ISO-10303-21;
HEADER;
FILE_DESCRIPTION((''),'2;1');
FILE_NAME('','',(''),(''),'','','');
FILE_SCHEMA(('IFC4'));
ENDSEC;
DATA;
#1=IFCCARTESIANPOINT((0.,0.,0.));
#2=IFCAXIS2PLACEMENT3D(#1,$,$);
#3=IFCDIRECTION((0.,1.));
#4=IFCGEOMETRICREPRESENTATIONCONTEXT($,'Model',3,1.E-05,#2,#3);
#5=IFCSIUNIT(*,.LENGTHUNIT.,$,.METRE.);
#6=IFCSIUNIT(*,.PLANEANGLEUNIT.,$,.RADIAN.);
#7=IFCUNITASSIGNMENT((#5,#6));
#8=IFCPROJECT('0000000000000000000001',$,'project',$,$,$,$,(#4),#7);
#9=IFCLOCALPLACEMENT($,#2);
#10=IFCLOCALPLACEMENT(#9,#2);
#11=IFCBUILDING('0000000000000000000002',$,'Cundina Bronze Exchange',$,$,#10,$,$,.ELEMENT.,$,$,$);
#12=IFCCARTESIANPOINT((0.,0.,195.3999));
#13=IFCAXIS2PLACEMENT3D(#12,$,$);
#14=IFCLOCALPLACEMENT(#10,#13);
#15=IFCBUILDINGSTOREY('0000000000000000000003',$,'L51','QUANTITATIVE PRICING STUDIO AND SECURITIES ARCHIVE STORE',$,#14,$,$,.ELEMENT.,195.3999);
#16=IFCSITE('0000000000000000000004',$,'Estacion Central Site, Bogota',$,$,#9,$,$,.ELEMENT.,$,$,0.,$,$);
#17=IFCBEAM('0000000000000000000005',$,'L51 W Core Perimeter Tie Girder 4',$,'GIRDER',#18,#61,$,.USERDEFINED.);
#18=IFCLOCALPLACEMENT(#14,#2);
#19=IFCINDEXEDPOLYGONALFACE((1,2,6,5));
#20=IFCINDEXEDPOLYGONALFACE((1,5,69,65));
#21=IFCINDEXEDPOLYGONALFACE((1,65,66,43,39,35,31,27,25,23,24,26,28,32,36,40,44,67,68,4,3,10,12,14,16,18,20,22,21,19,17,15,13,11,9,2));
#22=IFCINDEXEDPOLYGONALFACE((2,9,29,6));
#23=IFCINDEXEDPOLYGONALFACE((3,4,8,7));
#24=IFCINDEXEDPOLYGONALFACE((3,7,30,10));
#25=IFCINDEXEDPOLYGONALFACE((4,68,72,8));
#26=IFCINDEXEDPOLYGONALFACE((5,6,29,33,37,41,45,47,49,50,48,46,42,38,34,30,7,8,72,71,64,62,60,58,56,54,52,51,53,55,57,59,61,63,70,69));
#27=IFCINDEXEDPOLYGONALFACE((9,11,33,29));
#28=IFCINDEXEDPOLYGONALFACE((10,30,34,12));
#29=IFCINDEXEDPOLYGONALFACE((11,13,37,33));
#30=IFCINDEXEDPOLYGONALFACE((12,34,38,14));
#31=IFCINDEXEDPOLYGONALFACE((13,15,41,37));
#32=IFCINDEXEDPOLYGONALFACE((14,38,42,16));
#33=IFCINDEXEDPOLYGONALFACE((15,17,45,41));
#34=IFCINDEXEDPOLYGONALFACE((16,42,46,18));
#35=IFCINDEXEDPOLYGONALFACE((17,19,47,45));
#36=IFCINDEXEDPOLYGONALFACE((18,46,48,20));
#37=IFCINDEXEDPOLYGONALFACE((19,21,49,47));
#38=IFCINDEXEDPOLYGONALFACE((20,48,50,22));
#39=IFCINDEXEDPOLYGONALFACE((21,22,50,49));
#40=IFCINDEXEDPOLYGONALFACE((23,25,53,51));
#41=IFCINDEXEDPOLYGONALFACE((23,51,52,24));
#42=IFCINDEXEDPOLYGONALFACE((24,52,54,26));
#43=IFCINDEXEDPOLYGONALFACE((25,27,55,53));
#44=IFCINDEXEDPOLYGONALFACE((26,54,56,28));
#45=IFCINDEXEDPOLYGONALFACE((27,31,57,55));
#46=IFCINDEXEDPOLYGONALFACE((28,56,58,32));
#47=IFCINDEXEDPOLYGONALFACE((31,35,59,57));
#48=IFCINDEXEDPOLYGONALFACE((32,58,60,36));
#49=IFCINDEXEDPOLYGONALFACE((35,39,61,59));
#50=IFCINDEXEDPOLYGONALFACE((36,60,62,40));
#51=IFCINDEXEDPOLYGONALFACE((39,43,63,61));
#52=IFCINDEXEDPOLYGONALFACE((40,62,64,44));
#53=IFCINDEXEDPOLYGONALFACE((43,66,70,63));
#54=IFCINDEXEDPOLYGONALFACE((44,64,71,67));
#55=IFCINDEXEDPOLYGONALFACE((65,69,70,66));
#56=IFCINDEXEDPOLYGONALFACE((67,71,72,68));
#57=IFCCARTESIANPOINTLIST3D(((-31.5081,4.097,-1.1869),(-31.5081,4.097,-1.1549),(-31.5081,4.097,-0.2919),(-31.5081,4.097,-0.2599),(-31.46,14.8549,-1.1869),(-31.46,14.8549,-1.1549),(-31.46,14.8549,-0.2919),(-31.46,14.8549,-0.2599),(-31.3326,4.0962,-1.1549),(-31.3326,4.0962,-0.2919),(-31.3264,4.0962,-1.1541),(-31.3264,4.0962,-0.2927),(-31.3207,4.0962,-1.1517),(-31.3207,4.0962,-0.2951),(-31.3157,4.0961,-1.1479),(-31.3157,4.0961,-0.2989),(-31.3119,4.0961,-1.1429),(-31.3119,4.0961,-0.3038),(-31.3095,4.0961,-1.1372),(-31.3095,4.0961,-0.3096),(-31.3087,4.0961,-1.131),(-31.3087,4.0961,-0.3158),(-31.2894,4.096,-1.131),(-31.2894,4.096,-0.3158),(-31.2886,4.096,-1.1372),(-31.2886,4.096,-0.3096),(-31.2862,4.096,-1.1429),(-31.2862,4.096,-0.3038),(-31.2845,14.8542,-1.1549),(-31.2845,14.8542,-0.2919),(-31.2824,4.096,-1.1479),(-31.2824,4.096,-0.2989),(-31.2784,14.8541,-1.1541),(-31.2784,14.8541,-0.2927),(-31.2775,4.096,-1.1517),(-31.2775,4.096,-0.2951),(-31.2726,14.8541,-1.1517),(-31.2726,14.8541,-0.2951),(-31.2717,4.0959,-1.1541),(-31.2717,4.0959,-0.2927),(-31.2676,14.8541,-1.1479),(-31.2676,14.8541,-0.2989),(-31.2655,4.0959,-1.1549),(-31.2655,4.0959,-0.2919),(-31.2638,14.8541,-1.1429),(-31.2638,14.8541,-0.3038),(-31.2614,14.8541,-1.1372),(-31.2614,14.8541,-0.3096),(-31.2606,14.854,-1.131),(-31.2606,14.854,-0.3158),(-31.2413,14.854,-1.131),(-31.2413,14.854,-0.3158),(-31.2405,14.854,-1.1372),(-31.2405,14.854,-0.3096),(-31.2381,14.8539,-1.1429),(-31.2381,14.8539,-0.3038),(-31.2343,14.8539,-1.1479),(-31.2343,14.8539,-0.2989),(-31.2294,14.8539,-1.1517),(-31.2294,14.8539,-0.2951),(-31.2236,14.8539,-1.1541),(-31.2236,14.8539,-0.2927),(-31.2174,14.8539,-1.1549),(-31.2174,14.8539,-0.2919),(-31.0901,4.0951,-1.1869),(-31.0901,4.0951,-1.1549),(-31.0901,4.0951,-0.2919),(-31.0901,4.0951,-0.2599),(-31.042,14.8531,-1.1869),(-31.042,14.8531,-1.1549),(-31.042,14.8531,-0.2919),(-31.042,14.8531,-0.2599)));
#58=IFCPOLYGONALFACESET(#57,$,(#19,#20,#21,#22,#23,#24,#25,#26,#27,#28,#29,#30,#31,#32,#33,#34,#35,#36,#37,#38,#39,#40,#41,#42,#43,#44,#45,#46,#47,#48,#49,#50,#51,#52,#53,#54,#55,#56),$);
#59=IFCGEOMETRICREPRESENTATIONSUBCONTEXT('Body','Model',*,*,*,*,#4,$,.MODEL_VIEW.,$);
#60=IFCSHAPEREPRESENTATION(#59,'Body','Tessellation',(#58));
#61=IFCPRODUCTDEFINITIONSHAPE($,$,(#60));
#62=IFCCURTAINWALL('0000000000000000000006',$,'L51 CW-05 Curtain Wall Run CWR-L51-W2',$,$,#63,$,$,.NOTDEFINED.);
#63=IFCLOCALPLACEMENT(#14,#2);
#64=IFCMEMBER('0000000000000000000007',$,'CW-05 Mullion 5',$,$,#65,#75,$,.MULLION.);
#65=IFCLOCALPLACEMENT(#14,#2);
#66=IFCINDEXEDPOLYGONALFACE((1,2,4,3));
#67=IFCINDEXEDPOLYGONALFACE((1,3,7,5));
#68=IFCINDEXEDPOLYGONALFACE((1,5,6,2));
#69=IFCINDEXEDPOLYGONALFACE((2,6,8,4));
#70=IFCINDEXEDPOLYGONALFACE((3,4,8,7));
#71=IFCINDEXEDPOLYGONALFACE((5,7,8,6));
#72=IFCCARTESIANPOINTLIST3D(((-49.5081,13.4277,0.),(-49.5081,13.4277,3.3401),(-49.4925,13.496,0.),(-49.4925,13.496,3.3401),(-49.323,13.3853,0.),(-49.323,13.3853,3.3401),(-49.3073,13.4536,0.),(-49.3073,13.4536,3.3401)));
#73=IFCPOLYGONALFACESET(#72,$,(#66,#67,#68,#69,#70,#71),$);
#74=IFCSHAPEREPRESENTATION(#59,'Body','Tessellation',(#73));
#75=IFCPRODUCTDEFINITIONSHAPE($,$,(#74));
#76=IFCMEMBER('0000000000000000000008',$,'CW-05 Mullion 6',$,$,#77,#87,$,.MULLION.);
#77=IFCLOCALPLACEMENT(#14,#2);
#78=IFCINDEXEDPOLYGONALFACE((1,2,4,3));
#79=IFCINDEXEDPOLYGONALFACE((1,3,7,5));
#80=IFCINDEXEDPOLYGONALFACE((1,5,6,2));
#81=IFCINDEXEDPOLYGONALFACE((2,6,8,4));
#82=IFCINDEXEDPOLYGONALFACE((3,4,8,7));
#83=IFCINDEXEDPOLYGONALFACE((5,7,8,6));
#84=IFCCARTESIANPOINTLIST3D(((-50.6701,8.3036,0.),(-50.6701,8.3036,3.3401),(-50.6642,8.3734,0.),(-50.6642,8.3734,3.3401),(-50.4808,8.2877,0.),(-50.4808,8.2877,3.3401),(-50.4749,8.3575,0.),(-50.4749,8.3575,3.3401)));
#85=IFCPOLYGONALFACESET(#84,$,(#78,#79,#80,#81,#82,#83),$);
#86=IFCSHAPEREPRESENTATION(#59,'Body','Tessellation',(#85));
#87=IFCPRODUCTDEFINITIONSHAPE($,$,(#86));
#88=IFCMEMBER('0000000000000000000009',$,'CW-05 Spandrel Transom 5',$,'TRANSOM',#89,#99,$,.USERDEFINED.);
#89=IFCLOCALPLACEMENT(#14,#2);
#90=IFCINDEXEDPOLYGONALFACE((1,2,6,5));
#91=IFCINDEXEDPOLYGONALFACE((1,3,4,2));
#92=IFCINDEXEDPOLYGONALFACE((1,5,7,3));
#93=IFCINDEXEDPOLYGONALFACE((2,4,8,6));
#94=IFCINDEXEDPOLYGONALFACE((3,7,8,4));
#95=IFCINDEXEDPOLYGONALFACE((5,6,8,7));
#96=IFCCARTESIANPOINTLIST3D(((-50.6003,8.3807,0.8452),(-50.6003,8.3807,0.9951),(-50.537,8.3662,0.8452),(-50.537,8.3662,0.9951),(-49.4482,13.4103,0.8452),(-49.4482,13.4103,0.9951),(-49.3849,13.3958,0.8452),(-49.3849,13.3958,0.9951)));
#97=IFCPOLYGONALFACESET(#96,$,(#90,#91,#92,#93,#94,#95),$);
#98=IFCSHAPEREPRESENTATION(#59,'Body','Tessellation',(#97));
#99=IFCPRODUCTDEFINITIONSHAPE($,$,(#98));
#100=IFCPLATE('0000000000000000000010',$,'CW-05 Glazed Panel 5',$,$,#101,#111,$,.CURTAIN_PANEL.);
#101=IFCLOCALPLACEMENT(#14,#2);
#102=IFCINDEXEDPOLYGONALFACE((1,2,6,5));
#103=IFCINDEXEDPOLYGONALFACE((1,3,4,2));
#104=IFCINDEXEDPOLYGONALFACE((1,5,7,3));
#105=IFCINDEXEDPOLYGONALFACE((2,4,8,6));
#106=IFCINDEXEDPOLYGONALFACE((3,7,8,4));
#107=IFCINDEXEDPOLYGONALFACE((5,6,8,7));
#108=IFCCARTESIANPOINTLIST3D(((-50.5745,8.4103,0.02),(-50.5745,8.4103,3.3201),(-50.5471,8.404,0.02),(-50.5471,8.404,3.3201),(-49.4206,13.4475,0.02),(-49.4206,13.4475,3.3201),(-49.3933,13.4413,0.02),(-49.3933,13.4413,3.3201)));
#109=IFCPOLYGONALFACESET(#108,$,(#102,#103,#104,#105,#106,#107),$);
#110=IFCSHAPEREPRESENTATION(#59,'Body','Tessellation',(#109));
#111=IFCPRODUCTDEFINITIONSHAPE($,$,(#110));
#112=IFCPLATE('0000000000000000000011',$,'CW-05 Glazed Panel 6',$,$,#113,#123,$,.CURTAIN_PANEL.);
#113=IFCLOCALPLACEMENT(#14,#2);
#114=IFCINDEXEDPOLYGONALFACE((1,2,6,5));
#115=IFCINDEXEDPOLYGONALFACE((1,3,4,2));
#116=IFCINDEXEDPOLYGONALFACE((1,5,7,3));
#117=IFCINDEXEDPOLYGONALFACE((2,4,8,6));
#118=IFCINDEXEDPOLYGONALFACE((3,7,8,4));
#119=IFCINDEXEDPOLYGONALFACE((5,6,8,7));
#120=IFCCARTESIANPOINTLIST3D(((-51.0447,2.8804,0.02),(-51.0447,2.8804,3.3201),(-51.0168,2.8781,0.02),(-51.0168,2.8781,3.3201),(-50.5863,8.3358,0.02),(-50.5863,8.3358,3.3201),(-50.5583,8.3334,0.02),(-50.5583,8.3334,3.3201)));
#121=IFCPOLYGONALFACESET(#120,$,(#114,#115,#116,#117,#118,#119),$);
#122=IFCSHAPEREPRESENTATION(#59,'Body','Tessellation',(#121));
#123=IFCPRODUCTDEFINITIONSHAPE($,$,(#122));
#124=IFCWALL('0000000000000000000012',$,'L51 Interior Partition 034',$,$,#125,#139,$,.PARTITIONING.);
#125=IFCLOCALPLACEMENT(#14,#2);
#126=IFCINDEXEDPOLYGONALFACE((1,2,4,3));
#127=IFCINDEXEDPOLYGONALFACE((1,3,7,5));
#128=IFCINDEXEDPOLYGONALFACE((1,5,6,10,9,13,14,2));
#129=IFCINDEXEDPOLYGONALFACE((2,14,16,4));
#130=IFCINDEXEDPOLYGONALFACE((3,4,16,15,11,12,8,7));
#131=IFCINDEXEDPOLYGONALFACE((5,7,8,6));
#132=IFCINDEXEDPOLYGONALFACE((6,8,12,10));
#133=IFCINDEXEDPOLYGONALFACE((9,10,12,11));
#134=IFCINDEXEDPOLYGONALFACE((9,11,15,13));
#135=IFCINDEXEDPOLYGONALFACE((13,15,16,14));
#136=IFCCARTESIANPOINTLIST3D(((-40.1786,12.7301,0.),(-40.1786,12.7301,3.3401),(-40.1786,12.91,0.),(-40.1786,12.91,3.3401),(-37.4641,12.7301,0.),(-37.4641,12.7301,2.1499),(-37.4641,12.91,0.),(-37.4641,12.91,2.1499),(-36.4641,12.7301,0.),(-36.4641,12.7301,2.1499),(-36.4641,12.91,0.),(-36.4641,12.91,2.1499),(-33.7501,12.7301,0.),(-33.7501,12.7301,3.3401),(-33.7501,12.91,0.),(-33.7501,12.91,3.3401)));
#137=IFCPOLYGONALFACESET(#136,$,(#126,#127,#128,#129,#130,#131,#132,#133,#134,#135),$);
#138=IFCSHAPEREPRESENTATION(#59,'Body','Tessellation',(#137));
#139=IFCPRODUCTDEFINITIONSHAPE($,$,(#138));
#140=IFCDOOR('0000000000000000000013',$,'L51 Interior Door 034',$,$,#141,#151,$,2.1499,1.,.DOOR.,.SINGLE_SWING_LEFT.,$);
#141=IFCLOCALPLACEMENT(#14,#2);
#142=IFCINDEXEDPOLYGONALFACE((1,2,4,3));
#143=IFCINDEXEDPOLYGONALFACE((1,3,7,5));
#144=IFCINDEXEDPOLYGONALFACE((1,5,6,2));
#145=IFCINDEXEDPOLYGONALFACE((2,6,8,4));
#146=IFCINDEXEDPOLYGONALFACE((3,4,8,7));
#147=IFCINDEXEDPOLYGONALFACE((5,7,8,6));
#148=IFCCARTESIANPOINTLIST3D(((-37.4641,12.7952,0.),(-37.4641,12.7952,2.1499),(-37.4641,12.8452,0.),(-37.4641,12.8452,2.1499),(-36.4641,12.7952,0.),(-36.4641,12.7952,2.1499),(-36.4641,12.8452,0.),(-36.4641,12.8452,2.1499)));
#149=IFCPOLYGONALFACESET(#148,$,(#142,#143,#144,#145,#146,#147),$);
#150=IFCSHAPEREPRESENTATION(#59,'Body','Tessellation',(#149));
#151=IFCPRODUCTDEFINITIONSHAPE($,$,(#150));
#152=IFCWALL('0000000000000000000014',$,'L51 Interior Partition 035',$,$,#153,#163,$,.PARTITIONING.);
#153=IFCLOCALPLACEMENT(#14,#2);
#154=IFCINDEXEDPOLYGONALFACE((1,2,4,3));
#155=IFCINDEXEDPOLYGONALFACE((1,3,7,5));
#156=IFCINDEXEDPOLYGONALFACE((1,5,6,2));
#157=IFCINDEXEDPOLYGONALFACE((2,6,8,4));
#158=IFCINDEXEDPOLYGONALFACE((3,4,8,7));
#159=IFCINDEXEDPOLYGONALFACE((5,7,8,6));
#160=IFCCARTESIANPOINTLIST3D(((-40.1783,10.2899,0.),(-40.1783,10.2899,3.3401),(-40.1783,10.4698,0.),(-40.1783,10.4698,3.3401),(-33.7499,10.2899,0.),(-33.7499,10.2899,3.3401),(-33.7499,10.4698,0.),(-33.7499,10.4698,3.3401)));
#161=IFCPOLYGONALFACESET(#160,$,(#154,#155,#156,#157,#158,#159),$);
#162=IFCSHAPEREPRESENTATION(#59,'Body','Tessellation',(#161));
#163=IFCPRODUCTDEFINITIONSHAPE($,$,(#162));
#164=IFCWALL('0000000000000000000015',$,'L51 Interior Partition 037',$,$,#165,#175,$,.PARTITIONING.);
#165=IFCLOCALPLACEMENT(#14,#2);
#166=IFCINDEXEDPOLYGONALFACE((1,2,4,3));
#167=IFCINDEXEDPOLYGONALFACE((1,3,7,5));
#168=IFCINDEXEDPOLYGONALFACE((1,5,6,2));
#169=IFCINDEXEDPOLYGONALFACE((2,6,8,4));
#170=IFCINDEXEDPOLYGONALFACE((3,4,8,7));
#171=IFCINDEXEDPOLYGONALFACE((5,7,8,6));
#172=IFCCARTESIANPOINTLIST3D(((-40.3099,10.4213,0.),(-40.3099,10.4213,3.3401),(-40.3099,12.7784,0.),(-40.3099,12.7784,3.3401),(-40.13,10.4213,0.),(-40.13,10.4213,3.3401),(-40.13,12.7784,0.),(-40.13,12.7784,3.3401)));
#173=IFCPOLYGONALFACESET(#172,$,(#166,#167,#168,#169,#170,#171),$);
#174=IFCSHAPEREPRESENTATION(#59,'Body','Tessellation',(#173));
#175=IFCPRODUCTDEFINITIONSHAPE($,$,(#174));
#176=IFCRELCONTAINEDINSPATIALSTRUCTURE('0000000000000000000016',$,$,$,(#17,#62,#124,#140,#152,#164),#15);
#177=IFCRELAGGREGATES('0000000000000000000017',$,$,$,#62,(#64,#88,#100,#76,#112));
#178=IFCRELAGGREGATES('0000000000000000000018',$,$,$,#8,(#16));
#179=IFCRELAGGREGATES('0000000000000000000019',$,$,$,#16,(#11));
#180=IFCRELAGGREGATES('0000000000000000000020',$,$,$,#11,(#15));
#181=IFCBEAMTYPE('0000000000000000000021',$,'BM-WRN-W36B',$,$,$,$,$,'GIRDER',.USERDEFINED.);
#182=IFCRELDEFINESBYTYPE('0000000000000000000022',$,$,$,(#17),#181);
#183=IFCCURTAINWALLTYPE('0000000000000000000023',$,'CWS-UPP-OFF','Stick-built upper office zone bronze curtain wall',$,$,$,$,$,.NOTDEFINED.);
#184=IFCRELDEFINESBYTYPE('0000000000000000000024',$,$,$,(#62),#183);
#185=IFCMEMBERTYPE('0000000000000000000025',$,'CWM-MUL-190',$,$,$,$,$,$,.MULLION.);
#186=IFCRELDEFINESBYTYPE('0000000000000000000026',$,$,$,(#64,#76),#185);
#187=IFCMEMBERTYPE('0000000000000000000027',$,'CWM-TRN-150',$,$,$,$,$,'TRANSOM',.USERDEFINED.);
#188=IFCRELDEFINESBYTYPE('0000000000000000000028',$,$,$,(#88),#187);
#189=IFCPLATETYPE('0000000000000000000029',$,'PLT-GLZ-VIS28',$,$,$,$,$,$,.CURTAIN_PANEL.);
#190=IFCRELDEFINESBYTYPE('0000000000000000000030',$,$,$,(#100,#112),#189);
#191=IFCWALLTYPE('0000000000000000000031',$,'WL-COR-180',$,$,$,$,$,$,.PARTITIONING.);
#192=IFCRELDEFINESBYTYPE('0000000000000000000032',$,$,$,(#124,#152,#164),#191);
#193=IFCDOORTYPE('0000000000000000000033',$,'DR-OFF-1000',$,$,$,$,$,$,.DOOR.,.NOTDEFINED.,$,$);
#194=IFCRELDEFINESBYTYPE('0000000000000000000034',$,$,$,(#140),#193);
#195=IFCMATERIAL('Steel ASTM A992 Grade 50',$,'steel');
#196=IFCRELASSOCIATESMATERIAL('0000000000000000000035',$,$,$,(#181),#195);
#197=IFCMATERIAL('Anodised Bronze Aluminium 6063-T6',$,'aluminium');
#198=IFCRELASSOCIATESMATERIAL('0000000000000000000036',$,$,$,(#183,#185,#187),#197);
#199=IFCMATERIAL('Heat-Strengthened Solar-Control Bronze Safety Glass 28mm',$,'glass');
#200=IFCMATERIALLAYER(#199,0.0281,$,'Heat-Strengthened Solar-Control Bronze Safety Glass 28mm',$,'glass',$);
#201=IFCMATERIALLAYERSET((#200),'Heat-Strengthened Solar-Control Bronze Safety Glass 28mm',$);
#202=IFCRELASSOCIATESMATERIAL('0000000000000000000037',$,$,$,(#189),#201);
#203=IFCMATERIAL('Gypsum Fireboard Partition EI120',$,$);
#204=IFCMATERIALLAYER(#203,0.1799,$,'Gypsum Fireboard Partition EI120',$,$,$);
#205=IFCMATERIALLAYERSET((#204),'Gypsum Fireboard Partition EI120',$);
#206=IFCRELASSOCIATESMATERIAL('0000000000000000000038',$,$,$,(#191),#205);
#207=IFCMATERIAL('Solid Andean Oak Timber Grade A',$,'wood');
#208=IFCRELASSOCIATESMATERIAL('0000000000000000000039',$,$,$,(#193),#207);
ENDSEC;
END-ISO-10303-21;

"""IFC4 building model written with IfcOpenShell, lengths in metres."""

from ifc_helpers import new_model, si_unit, direction, frame, frame_2d, origin, origin_2d, place, context, subcontext, project, spatial, rectangle, i_section, extrude, material, layer, layer_set, material_profile, profile_set, type_object, element, fill, aggregate, save


model = new_model("IFC4")

# Units and contexts
model_context = context("Model", 3, precision=1e-05, world=origin(), true_north=direction((0.0, 1.0)))
body_context = subcontext(model_context, "Body", "Model", "MODEL_VIEW")
ifc_project = project(units=[si_unit("LENGTHUNIT", "METRE"), si_unit("PLANEANGLEUNIT", "RADIAN")], contexts=[model_context])

# Site, building, storey
site_placement = place(None, origin())
site = spatial("IfcSite", under=ifc_project, at=site_placement, Name="Estacion Central Site, Bogota", CompositionType="ELEMENT", RefElevation=0.0)
building_placement = place(site_placement, origin())
building = spatial("IfcBuilding", under=site, at=building_placement, Name="Cundina Bronze Exchange", CompositionType="ELEMENT")
storey_placement = place(building_placement, frame((0.0, 0.0, 195.3999)))
storey = spatial("IfcBuildingStorey", under=building, at=storey_placement, Name="L51", Description="QUANTITATIVE PRICING STUDIO AND SECURITIES ARCHIVE STORE", CompositionType="ELEMENT", Elevation=195.3999)

# Shared definitions
ifc_material_1 = material(Name="Steel ASTM A992 Grade 50", Category="steel")

# Beam
ifc_material_profile_1 = material_profile(ifc_material_1, i_section(OverallWidth=0.418, OverallDepth=0.927, WebThickness=0.0193, FlangeThickness=0.032, FilletRadius=0.0239, at=origin_2d()), Name="W36X231", Category="steel")
ifc_profile_set_1 = profile_set([ifc_material_profile_1], Name="Steel ASTM A992 Grade 50")
beam_type_1 = type_object("IfcBeamType", Name="BM-WRN-W36B", ElementType="GIRDER", PredefinedType="USERDEFINED", material=ifc_profile_set_1)
beam_1_placement = place(storey_placement, frame((-31.251, 14.854, -0.7234), z_axis=(-0.004471, -0.99999, 0.0), x_axis=(0.99999, -0.004471, 0.0)))
element("IfcBeam", 1, at=beam_1_placement, inside=storey, type_object=beam_type_1, Name="L51 W Core Perimeter Tie Girder 4", ObjectType="GIRDER", PredefinedType="USERDEFINED", context=body_context, shape_type="SweptSolid", body=[
    extrude(i_section(OverallWidth=0.418, OverallDepth=0.927, WebThickness=0.0193, FlangeThickness=0.032, FilletRadius=0.0239, at=origin_2d()), origin(), (0.0, 0.0, 1.0), 10.7581),
])

# Curtain wall, members, plates
ifc_material_2 = material(Name="Anodised Bronze Aluminium 6063-T6", Category="aluminium")
curtain_wall_type = type_object("IfcCurtainWallType", Name="CWS-UPP-OFF", Description="Stick-built upper office zone bronze curtain wall", PredefinedType="NOTDEFINED", material=ifc_material_2)
curtain_wall_placement = place(storey_placement, origin())
curtain_wall = element("IfcCurtainWall", 2, at=curtain_wall_placement, inside=storey, type_object=curtain_wall_type, Name="L51 CW-05 Curtain Wall Run CWR-L51-W2", PredefinedType="NOTDEFINED")
ifc_material_profile_2 = material_profile(ifc_material_2, rectangle(XDim=0.0701, YDim=0.1899, at=origin_2d()), Name="AL70X190", Category="aluminium")
ifc_profile_set_2 = profile_set([ifc_material_profile_2], Name="Anodised Bronze Aluminium 6063-T6")
member_type_1 = type_object("IfcMemberType", Name="CWM-MUL-190", PredefinedType="MULLION", material=ifc_profile_set_2)
member_1_placement = place(storey_placement, frame((-49.4077, 13.4407, 0.0), z_axis=(0.0, 0.0, 1.0), x_axis=(-0.22325, -0.974761, 0.0)))
member_1 = element("IfcMember", 3, at=member_1_placement, type_object=member_type_1, Name="CW-05 Mullion 5", PredefinedType="MULLION", context=body_context, shape_type="SweptSolid", body=[
    extrude(rectangle(XDim=0.0701, YDim=0.1899, at=origin_2d()), origin(), (0.0, 0.0, 1.0), 3.3401),
])
member_2_placement = place(storey_placement, frame((-50.5725, 8.3306, 0.0), z_axis=(0.0, 0.0, 1.0), x_axis=(-0.083678, -0.996493, 0.0)))
member_2 = element("IfcMember", 4, at=member_2_placement, type_object=member_type_1, Name="CW-05 Mullion 6", PredefinedType="MULLION", context=body_context, shape_type="SweptSolid", body=[
    extrude(rectangle(XDim=0.0701, YDim=0.1899, at=origin_2d()), origin(), (0.0, 0.0, 1.0), 3.3401),
])
ifc_material_profile_3 = material_profile(ifc_material_2, rectangle(XDim=0.0649, YDim=0.1499, at=origin_2d()), Name="AL65X150", Category="aluminium")
ifc_profile_set_3 = profile_set([ifc_material_profile_3], Name="Anodised Bronze Aluminium 6063-T6")
member_type_2 = type_object("IfcMemberType", Name="CWM-TRN-150", ElementType="TRANSOM", PredefinedType="USERDEFINED", material=ifc_profile_set_3)
member_3_placement = place(storey_placement, frame((-49.4165, 13.4031, 0.9202), z_axis=(-0.223283, -0.974754, 0.0), x_axis=(0.974754, -0.223283, 0.0)))
member_3 = element("IfcMember", 5, at=member_3_placement, type_object=member_type_2, Name="CW-05 Spandrel Transom 5", ObjectType="TRANSOM", PredefinedType="USERDEFINED", context=body_context, shape_type="SweptSolid", body=[
    extrude(rectangle(XDim=0.0649, YDim=0.1499, at=origin_2d()), origin(), (0.0, 0.0, 1.0), 5.1599),
])
ifc_material_3 = material(Name="Heat-Strengthened Solar-Control Bronze Safety Glass 28mm", Category="glass")
ifc_layer_1 = layer(ifc_material_3, 0.0281, Name="Heat-Strengthened Solar-Control Bronze Safety Glass 28mm", Category="glass")
ifc_layer_set_1 = layer_set([ifc_layer_1], Name="Heat-Strengthened Solar-Control Bronze Safety Glass 28mm")
plate_type = type_object("IfcPlateType", Name="PLT-GLZ-VIS28", PredefinedType="CURTAIN_PANEL", material=ifc_layer_set_1)
plate_1_placement = place(storey_placement, frame((-49.9839, 10.9258, 0.02), z_axis=(0.0, 0.0, 1.0), x_axis=(-0.223284, -0.974753, 0.0)))
plate_1 = element("IfcPlate", 6, at=plate_1_placement, type_object=plate_type, Name="CW-05 Glazed Panel 5", PredefinedType="CURTAIN_PANEL", context=body_context, shape_type="SweptSolid", body=[
    extrude(rectangle(XDim=5.1677, YDim=0.0281, at=origin_2d()), origin(), (0.0, 0.0, 1.0), 3.3),
])
plate_2_placement = place(storey_placement, frame((-50.8015, 5.6069, 0.02), z_axis=(0.0, 0.0, 1.0), x_axis=(-0.083747, -0.996487, 0.0)))
plate_2 = element("IfcPlate", 7, at=plate_2_placement, type_object=plate_type, Name="CW-05 Glazed Panel 6", PredefinedType="CURTAIN_PANEL", context=body_context, shape_type="SweptSolid", body=[
    extrude(rectangle(XDim=5.4746, YDim=0.0281, at=origin_2d()), origin(), (0.0, 0.0, 1.0), 3.3),
])
aggregate(curtain_wall, [member_1, member_3, plate_1, member_2, plate_2])

# Wall, opening, door
ifc_material_4 = material(Name="Gypsum Fireboard Partition EI120")
ifc_layer_2 = layer(ifc_material_4, 0.1799, Name="Gypsum Fireboard Partition EI120")
ifc_layer_set_2 = layer_set([ifc_layer_2], Name="Gypsum Fireboard Partition EI120")
wall_type_1 = type_object("IfcWallType", Name="WL-COR-180", PredefinedType="PARTITIONING", material=ifc_layer_set_2)
ifc_material_5 = material(Name="Solid Andean Oak Timber Grade A", Category="wood")
door_type_1 = type_object("IfcDoorType", Name="DR-OFF-1000", OperationType="NOTDEFINED", PredefinedType="DOOR", material=ifc_material_5)
wall_1_placement = place(storey_placement, frame((-33.75, 12.8201, 0.0), z_axis=(0.0, 0.0, 1.0), x_axis=(-1.0, 0.0, 0.0)))
wall_1 = element("IfcWall", 8, at=wall_1_placement, inside=storey, type_object=wall_type_1, Name="L51 Interior Partition 034", PredefinedType="PARTITIONING", context=body_context, shape_type="SweptSolid", body=[
    extrude(rectangle(XDim=6.4285, YDim=0.1799, at=frame_2d((3.2144, 0.0))), origin(), (0.0, 0.0, 1.0), 3.3401),
])
opening_1_placement = place(wall_1_placement, frame((2.7141, 0.0, 0.0)))
opening_1 = element("IfcOpeningElement", 9, at=opening_1_placement, cuts=wall_1, PredefinedType="OPENING", context=body_context, shape_type="SweptSolid", body=[
    extrude(rectangle(XDim=1.0, YDim=2.1499, at=frame_2d((0.5, 1.075))), frame((0.0, 0.0999, 0.0), z_axis=(0.0, -1.0, 0.0), x_axis=(1.0, 0.0, 0.0)), (0.0, 0.0, 1.0), 0.2),
])
door_1_placement = place(opening_1_placement, origin())
door_1 = element("IfcDoor", 10, at=door_1_placement, inside=storey, type_object=door_type_1, Name="L51 Interior Door 034", OperationType="SINGLE_SWING_LEFT", OverallHeight=2.1499, OverallWidth=1.0, PredefinedType="DOOR", context=body_context, shape_type="SweptSolid", body=[
    extrude(rectangle(XDim=1.0, YDim=2.1499, at=frame_2d((0.5, 1.075))), frame((0.0, 0.0249, 0.0), z_axis=(0.0, -1.0, 0.0), x_axis=(1.0, 0.0, 0.0)), (0.0, 0.0, 1.0), 0.05),
])
fill(opening_1, door_1)

# Walls
wall_2_placement = place(storey_placement, frame((-40.1785, 10.3799, 0.0), z_axis=(0.0, 0.0, 1.0), x_axis=(1.0, 0.0, 0.0)))
element("IfcWall", 11, at=wall_2_placement, inside=storey, type_object=wall_type_1, Name="L51 Interior Partition 035", PredefinedType="PARTITIONING", context=body_context, shape_type="SweptSolid", body=[
    extrude(rectangle(XDim=6.4285, YDim=0.1799, at=frame_2d((3.2144, 0.0))), origin(), (0.0, 0.0, 1.0), 3.3401),
])
wall_3_placement = place(storey_placement, frame((-40.22, 12.7786, 0.0), z_axis=(0.0, 0.0, 1.0), x_axis=(0.0, -1.0, 0.0)))
element("IfcWall", 12, at=wall_3_placement, inside=storey, type_object=wall_type_1, Name="L51 Interior Partition 037", PredefinedType="PARTITIONING", context=body_context, shape_type="SweptSolid", body=[
    extrude(rectangle(XDim=2.3572, YDim=0.1799, at=frame_2d((1.1787, 0.0))), origin(), (0.0, 0.0, 1.0), 3.3401),
])

save(model, "model.ifc")
